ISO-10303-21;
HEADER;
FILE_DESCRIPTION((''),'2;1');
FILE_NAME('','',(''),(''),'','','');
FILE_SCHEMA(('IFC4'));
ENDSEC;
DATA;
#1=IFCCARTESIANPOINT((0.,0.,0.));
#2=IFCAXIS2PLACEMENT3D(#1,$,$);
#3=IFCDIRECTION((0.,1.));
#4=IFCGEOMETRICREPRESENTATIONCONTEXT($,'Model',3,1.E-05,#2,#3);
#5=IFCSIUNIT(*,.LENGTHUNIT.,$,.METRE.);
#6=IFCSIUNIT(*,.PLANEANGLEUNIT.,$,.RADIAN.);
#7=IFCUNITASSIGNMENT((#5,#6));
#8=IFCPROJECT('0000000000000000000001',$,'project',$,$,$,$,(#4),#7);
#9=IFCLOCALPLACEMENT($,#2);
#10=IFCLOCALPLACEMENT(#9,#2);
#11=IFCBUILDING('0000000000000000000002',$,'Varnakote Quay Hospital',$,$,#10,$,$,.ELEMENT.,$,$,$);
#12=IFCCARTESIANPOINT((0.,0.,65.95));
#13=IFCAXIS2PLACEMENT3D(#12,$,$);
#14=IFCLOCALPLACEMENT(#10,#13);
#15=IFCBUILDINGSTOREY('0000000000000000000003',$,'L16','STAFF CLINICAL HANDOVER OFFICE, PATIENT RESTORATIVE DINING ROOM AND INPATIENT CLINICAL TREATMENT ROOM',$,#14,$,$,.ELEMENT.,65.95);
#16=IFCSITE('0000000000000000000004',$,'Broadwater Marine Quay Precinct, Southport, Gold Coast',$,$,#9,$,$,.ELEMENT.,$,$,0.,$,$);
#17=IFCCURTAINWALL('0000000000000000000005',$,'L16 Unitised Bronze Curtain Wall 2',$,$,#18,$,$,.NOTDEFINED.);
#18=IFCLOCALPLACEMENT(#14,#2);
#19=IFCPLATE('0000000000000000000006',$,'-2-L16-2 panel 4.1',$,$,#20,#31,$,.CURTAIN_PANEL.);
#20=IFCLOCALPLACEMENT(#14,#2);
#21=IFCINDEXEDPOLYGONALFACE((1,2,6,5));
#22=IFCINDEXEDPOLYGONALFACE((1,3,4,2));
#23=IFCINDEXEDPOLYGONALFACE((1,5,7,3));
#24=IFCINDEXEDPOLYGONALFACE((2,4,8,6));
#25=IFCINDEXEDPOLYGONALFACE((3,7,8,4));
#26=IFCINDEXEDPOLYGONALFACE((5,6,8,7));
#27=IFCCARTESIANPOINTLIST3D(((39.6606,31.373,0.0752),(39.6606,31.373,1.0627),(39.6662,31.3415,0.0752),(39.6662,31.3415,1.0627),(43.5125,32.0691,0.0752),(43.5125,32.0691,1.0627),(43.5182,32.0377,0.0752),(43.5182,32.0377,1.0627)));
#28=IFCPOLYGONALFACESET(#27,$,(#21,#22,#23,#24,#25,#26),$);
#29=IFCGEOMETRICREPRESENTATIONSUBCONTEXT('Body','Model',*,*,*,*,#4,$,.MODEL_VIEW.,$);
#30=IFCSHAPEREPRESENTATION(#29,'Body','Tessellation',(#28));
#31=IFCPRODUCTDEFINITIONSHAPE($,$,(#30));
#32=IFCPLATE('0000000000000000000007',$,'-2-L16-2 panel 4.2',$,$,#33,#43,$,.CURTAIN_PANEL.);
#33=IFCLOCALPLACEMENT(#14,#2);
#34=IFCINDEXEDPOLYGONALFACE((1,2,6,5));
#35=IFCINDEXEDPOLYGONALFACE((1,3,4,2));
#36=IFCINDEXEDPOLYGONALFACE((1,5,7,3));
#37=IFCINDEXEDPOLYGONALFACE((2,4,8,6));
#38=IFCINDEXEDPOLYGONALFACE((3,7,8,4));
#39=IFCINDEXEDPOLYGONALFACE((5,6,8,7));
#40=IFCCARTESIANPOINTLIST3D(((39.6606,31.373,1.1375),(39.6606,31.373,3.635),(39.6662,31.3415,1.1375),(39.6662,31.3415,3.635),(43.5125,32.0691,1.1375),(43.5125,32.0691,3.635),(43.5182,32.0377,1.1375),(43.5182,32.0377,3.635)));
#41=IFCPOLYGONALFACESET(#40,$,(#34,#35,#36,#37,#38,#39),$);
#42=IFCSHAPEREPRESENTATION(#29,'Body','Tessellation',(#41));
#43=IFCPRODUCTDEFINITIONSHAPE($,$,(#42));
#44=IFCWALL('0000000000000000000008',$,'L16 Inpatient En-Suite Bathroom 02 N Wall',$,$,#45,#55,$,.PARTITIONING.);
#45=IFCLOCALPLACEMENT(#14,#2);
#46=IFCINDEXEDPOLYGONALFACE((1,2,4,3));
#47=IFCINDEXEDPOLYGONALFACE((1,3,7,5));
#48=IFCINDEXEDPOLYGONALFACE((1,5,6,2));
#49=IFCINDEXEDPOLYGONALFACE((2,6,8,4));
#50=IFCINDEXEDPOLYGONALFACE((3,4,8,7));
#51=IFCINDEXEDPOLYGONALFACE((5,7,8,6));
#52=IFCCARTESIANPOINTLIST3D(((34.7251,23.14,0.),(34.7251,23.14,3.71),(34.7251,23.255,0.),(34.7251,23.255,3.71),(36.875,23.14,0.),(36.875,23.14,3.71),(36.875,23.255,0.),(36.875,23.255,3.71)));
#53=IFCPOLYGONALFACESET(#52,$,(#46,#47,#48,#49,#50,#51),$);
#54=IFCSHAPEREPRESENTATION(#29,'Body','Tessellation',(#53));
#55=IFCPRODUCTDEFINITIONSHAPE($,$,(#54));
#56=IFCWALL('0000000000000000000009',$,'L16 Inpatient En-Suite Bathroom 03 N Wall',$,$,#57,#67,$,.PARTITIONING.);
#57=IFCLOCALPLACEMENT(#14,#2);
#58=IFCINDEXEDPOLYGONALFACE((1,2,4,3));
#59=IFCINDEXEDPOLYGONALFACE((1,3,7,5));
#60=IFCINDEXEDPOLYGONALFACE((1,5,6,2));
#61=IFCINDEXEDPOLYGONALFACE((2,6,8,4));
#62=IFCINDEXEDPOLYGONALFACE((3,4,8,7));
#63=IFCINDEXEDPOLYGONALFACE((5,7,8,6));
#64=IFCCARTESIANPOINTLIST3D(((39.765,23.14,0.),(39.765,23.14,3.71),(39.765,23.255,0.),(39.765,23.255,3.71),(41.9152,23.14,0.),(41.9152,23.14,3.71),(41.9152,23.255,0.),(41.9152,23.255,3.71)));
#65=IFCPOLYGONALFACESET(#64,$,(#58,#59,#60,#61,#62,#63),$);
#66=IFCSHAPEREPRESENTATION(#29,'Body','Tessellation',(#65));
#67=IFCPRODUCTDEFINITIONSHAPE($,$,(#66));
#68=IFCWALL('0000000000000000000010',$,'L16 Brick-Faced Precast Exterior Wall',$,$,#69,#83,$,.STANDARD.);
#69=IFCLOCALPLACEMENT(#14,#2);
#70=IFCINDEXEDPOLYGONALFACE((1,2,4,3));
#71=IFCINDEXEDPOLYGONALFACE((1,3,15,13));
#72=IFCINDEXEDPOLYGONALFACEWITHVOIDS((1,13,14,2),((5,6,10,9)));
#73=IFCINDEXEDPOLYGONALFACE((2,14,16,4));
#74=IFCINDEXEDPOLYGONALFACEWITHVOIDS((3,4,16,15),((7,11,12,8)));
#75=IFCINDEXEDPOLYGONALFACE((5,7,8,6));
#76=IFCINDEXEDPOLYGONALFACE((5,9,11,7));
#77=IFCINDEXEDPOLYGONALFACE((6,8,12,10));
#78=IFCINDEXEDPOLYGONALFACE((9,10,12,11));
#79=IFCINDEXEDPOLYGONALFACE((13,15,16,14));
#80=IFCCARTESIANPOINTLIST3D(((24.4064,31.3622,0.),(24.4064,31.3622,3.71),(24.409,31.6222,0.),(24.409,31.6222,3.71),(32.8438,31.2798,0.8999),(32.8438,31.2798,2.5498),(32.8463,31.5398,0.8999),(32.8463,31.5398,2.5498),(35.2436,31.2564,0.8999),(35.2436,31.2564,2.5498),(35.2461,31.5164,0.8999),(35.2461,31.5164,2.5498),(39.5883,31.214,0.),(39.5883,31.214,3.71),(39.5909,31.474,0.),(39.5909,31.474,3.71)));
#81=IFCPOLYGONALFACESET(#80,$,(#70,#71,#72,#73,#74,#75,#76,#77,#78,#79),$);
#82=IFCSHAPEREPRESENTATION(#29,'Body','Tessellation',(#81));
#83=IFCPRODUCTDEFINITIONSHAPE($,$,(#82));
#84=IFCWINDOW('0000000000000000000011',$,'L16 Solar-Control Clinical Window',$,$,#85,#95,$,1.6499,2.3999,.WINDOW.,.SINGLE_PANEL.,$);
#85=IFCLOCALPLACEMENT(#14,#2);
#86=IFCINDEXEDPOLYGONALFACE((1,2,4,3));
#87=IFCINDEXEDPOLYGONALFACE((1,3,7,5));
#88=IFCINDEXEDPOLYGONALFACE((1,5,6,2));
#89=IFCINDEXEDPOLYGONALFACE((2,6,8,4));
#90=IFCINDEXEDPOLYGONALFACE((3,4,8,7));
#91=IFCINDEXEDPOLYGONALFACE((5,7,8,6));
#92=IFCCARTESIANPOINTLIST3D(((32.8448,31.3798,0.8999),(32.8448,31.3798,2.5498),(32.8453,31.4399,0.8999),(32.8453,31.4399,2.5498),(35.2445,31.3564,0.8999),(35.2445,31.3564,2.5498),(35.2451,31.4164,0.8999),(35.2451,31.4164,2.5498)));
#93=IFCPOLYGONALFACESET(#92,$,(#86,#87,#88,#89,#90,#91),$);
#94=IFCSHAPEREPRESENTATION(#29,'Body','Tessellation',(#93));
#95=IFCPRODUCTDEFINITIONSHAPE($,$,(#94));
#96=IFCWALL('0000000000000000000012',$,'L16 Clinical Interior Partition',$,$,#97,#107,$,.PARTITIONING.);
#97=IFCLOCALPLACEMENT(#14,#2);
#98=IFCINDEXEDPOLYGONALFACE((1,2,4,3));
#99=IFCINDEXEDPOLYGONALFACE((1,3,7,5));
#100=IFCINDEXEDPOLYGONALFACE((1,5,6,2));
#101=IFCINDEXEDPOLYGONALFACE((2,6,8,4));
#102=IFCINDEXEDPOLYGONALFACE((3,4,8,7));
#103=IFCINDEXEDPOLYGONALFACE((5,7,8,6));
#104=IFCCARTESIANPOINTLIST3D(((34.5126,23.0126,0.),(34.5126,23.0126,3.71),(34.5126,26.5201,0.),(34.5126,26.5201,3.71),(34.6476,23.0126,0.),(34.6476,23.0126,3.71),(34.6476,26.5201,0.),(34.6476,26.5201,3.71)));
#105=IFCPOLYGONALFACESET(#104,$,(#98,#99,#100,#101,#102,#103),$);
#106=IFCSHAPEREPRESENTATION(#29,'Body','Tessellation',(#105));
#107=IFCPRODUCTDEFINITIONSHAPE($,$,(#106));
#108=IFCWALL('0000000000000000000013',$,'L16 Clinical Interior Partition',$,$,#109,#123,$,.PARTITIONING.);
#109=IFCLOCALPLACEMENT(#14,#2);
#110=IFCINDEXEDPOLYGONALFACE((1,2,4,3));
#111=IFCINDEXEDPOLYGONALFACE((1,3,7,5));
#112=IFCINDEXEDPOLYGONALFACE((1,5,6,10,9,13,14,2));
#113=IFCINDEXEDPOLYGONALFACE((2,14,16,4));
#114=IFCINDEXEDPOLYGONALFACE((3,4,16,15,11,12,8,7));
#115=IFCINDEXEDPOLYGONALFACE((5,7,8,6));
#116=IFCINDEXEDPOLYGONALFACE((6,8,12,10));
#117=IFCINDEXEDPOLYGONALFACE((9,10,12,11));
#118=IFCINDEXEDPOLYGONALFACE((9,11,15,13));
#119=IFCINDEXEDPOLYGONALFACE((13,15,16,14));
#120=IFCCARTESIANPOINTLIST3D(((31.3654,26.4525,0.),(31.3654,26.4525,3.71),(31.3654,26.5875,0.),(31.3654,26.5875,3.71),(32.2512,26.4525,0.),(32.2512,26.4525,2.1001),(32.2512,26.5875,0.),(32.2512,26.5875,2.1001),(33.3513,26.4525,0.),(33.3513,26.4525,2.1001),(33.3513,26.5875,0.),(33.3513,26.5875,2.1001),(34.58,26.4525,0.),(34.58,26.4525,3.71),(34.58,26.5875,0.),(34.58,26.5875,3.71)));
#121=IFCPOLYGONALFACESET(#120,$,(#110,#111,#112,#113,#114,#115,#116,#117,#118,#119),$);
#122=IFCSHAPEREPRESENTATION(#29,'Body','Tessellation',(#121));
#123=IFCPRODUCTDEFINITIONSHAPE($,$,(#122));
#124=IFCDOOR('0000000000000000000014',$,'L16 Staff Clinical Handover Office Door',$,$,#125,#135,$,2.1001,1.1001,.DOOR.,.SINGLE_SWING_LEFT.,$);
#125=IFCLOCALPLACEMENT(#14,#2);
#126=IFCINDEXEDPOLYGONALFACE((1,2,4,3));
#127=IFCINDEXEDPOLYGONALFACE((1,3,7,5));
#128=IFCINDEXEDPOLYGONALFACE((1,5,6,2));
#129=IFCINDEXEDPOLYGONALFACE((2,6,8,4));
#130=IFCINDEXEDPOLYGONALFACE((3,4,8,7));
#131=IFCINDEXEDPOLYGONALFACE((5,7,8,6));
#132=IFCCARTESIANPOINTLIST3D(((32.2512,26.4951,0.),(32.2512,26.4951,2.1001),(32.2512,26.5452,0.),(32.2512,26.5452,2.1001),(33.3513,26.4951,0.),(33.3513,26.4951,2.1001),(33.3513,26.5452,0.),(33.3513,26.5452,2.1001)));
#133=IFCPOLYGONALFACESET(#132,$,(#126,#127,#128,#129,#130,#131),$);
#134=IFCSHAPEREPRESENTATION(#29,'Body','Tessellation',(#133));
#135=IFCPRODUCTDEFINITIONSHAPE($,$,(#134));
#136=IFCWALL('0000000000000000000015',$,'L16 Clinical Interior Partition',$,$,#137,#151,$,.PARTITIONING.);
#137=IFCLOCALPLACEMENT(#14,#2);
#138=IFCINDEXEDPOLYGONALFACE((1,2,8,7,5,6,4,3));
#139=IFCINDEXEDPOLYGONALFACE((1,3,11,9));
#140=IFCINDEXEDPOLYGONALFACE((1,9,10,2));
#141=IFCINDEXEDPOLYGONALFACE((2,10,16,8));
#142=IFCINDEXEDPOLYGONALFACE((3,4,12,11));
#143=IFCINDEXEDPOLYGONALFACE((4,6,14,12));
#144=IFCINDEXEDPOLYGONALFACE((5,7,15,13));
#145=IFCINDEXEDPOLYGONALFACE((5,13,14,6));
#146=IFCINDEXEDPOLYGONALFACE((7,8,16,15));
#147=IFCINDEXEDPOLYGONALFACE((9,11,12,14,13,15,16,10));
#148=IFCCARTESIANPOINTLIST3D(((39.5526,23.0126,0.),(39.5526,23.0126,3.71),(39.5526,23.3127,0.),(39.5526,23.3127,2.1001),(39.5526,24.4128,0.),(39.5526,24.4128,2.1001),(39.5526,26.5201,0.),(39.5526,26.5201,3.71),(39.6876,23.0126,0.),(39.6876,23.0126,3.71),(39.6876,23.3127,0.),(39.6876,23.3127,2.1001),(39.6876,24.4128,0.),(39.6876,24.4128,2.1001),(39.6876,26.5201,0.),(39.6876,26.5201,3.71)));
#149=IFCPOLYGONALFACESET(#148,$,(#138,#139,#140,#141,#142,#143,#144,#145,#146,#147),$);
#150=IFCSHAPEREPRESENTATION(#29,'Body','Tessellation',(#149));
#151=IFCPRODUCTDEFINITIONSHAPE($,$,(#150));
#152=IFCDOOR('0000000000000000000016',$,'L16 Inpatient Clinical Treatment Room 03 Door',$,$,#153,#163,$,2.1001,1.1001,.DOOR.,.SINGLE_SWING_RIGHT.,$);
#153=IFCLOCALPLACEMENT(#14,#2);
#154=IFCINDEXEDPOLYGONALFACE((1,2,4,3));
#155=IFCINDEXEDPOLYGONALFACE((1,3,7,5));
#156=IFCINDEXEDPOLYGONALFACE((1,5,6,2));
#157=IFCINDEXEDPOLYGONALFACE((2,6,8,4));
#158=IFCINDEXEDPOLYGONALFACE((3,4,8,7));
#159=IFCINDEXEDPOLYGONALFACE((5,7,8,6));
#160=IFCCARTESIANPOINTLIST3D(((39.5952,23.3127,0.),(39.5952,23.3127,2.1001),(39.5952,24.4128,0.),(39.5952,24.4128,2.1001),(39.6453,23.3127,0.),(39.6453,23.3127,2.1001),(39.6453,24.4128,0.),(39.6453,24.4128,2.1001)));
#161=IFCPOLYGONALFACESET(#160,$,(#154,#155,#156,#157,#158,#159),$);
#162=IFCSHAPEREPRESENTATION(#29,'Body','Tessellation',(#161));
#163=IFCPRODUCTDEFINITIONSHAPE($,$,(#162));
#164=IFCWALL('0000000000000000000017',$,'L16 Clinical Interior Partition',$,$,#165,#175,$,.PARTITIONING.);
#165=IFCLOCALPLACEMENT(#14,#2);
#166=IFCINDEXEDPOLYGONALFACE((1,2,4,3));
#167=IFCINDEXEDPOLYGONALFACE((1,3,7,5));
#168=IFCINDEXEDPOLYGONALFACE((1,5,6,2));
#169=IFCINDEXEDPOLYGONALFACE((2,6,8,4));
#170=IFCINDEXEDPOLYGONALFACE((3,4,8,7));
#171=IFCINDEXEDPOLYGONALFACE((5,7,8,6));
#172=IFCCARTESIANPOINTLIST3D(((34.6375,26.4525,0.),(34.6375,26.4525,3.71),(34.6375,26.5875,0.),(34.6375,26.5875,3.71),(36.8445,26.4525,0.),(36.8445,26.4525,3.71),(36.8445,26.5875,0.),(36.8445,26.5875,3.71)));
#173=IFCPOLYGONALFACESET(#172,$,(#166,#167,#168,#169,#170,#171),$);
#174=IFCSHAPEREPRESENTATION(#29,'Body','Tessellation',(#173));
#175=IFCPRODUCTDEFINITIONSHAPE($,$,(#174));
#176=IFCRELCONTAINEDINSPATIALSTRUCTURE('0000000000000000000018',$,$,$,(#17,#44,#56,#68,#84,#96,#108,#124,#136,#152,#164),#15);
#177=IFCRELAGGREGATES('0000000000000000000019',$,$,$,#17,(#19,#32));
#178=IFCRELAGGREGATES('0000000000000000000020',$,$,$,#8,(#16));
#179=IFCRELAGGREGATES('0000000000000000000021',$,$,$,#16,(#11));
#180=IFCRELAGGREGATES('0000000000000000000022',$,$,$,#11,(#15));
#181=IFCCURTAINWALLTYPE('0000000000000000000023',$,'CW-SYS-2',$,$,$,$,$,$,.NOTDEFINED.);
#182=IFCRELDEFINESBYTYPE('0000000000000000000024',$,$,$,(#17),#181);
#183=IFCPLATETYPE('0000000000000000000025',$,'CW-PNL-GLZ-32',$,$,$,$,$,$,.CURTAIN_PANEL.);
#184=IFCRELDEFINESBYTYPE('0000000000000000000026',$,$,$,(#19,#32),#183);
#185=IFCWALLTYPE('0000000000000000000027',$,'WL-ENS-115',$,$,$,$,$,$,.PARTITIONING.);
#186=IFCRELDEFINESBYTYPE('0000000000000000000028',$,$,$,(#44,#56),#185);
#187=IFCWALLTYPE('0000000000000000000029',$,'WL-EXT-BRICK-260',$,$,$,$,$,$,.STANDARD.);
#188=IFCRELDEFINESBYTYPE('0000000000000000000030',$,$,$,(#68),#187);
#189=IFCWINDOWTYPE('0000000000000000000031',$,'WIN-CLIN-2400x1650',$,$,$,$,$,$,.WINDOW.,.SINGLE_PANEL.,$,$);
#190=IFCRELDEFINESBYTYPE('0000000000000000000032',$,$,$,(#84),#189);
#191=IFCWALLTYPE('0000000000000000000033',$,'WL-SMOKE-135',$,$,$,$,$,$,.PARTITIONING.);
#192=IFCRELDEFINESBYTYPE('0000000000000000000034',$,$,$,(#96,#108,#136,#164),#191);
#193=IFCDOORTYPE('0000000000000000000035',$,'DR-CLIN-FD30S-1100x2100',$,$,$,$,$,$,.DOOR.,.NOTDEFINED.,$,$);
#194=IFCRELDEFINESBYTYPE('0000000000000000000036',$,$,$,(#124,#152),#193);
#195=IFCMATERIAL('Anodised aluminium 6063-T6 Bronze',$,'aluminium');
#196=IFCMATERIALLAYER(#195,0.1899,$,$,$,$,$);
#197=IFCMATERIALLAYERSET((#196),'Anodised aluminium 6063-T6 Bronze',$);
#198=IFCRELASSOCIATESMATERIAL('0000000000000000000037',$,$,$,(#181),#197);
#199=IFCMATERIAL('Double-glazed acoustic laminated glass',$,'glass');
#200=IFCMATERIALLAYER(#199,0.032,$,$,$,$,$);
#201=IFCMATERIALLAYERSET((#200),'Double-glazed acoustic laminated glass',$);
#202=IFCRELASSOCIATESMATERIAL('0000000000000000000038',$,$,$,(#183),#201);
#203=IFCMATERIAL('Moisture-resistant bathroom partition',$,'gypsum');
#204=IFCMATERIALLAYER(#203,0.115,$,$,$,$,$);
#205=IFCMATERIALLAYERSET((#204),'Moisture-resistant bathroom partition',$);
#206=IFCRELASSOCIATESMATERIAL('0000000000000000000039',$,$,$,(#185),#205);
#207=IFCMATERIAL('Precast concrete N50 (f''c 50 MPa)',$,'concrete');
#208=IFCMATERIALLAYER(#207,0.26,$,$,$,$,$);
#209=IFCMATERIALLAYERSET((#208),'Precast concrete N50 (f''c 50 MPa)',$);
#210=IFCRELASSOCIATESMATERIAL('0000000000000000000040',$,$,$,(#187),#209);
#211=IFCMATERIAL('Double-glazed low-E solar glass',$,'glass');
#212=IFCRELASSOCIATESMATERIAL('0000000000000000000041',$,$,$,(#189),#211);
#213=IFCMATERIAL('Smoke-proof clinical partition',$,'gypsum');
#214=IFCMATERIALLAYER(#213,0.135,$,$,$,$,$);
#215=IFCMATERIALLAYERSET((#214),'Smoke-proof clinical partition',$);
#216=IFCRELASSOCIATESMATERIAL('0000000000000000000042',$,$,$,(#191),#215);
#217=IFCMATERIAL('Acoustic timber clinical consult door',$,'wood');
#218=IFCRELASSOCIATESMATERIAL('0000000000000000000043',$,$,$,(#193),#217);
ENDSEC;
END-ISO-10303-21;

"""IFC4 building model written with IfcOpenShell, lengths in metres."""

from ifc_helpers import new_model, si_unit, direction, frame, frame_2d, origin, origin_2d, place, context, subcontext, project, spatial, rectangle, extrude, material, layer, layer_set, type_object, element, fill, aggregate, save


model = new_model("IFC4")

# Units and contexts
model_context = context("Model", 3, precision=1e-05, world=origin(), true_north=direction((0.0, 1.0)))
body_context = subcontext(model_context, "Body", "Model", "MODEL_VIEW")
ifc_project = project(units=[si_unit("LENGTHUNIT", "METRE"), si_unit("PLANEANGLEUNIT", "RADIAN")], contexts=[model_context])

# Site, building, storey
site_placement = place(None, origin())
site = spatial("IfcSite", under=ifc_project, at=site_placement, Name="Broadwater Marine Quay Precinct, Southport, Gold Coast", CompositionType="ELEMENT", RefElevation=0.0)
building_placement = place(site_placement, origin())
building = spatial("IfcBuilding", under=site, at=building_placement, Name="Varnakote Quay Hospital", CompositionType="ELEMENT")
storey_placement = place(building_placement, frame((0.0, 0.0, 65.95)))
storey = spatial("IfcBuildingStorey", under=building, at=storey_placement, Name="L16", Description="STAFF CLINICAL HANDOVER OFFICE, PATIENT RESTORATIVE DINING ROOM AND INPATIENT CLINICAL TREATMENT ROOM", CompositionType="ELEMENT", Elevation=65.95)

# Curtain wall
ifc_material_1 = material(Name="Anodised aluminium 6063-T6 Bronze", Category="aluminium")
ifc_layer_1 = layer(ifc_material_1, 0.1899)
ifc_layer_set_1 = layer_set([ifc_layer_1], Name="Anodised aluminium 6063-T6 Bronze")
curtain_wall_type = type_object("IfcCurtainWallType", Name="CW-SYS-2", PredefinedType="NOTDEFINED", material=ifc_layer_set_1)
curtain_wall_placement = place(storey_placement, origin())
curtain_wall = element("IfcCurtainWall", 1, at=curtain_wall_placement, inside=storey, type_object=curtain_wall_type, Name="L16 Unitised Bronze Curtain Wall 2", PredefinedType="NOTDEFINED")

# Plates
ifc_material_2 = material(Name="Double-glazed acoustic laminated glass", Category="glass")
ifc_layer_2 = layer(ifc_material_2, 0.032)
ifc_layer_set_2 = layer_set([ifc_layer_2], Name="Double-glazed acoustic laminated glass")
plate_type = type_object("IfcPlateType", Name="CW-PNL-GLZ-32", PredefinedType="CURTAIN_PANEL", material=ifc_layer_set_2)
plate_1_placement = place(storey_placement, frame((41.5894, 31.7053, 0.0752), z_axis=(0.0, 0.0, 1.0), x_axis=(-0.984058, -0.177846, 0.0)))
plate_1 = element("IfcPlate", 2, at=plate_1_placement, type_object=plate_type, Name="-2-L16-2 panel 4.1", PredefinedType="CURTAIN_PANEL", context=body_context, shape_type="SweptSolid", body=[
    extrude(rectangle(XDim=3.9143, YDim=0.032, at=origin_2d()), origin(), (0.0, 0.0, 1.0), 0.9875),
])
plate_2_placement = place(storey_placement, frame((41.5894, 31.7053, 1.1375), z_axis=(0.0, 0.0, 1.0), x_axis=(-0.984058, -0.177846, 0.0)))
plate_2 = element("IfcPlate", 3, at=plate_2_placement, type_object=plate_type, Name="-2-L16-2 panel 4.2", PredefinedType="CURTAIN_PANEL", context=body_context, shape_type="SweptSolid", body=[
    extrude(rectangle(XDim=3.9143, YDim=0.032, at=origin_2d()), origin(), (0.0, 0.0, 1.0), 2.4976),
])
aggregate(curtain_wall, [plate_1, plate_2])

# Walls
ifc_material_3 = material(Name="Moisture-resistant bathroom partition", Category="gypsum")
ifc_layer_3 = layer(ifc_material_3, 0.115)
ifc_layer_set_3 = layer_set([ifc_layer_3], Name="Moisture-resistant bathroom partition")
wall_type_1 = type_object("IfcWallType", Name="WL-ENS-115", PredefinedType="PARTITIONING", material=ifc_layer_set_3)
wall_1_placement = place(storey_placement, frame((34.7251, 23.1975, 0.0), z_axis=(0.0, 0.0, 1.0), x_axis=(1.0, 0.0, 0.0)))
element("IfcWall", 4, at=wall_1_placement, inside=storey, type_object=wall_type_1, Name="L16 Inpatient En-Suite Bathroom 02 N Wall", PredefinedType="PARTITIONING", context=body_context, shape_type="SweptSolid", body=[
    extrude(rectangle(XDim=2.1499, YDim=0.115, at=frame_2d((1.075, 0.0))), origin(), (0.0, 0.0, 1.0), 3.71),
])
wall_2_placement = place(storey_placement, frame((39.7649, 23.1975, 0.0), z_axis=(0.0, 0.0, 1.0), x_axis=(1.0, 0.0, 0.0)))
element("IfcWall", 5, at=wall_2_placement, inside=storey, type_object=wall_type_1, Name="L16 Inpatient En-Suite Bathroom 03 N Wall", PredefinedType="PARTITIONING", context=body_context, shape_type="SweptSolid", body=[
    extrude(rectangle(XDim=2.1501, YDim=0.115, at=frame_2d((1.0752, 0.0))), origin(), (0.0, 0.0, 1.0), 3.71),
])

# Wall, opening, window
ifc_material_4 = material(Name="Precast concrete N50 (f'c 50 MPa)", Category="concrete")
ifc_layer_4 = layer(ifc_material_4, 0.26)
ifc_layer_set_4 = layer_set([ifc_layer_4], Name="Precast concrete N50 (f'c 50 MPa)")
wall_type_2 = type_object("IfcWallType", Name="WL-EXT-BRICK-260", PredefinedType="STANDARD", material=ifc_layer_set_4)
wall_3_placement = place(storey_placement, frame((39.5896, 31.344, 0.0), z_axis=(0.0, 0.0, 1.0), x_axis=(-0.999952, 0.009761, 0.0)))
wall_3 = element("IfcWall", 6, at=wall_3_placement, inside=storey, type_object=wall_type_2, Name="L16 Brick-Faced Precast Exterior Wall", PredefinedType="STANDARD", context=body_context, shape_type="SweptSolid", body=[
    extrude(rectangle(XDim=15.1826, YDim=0.26, at=frame_2d((7.5913, 0.0))), origin(), (0.0, 0.0, 1.0), 3.71),
])
opening_1_placement = place(wall_3_placement, frame((4.345, 0.0, 0.8999)))
opening_1 = element("IfcOpeningElement", 7, at=opening_1_placement, cuts=wall_3, PredefinedType="OPENING", context=body_context, shape_type="SweptSolid", body=[
    extrude(rectangle(XDim=2.3999, YDim=1.6499, at=frame_2d((1.2, 0.825))), frame((0.0, 0.1399, 0.0), z_axis=(0.0, -1.0, 0.0), x_axis=(1.0, 0.0, 0.0)), (0.0, 0.0, 1.0), 0.28),
])
ifc_material_5 = material(Name="Double-glazed low-E solar glass", Category="glass")
window_type = type_object("IfcWindowType", Name="WIN-CLIN-2400x1650", PartitioningType="SINGLE_PANEL", PredefinedType="WINDOW", material=ifc_material_5)
window_placement = place(opening_1_placement, origin())
window = element("IfcWindow", 8, at=window_placement, inside=storey, type_object=window_type, Name="L16 Solar-Control Clinical Window", OverallHeight=1.6499, OverallWidth=2.3999, PartitioningType="SINGLE_PANEL", PredefinedType="WINDOW", context=body_context, shape_type="SweptSolid", body=[
    extrude(rectangle(XDim=2.3999, YDim=1.6499, at=frame_2d((1.2, 0.825))), frame((0.0, 0.03, 0.0), z_axis=(0.0, -1.0, 0.0), x_axis=(1.0, 0.0, 0.0)), (0.0, 0.0, 1.0), 0.0601),
])
fill(opening_1, window)

# Wall
ifc_material_6 = material(Name="Smoke-proof clinical partition", Category="gypsum")
ifc_layer_5 = layer(ifc_material_6, 0.135)
ifc_layer_set_5 = layer_set([ifc_layer_5], Name="Smoke-proof clinical partition")
wall_type_3 = type_object("IfcWallType", Name="WL-SMOKE-135", PredefinedType="PARTITIONING", material=ifc_layer_set_5)
wall_4_placement = place(storey_placement, frame((34.5801, 23.0125, 0.0), z_axis=(0.0, 0.0, 1.0), x_axis=(0.0, 1.0, 0.0)))
element("IfcWall", 9, at=wall_4_placement, inside=storey, type_object=wall_type_3, Name="L16 Clinical Interior Partition", PredefinedType="PARTITIONING", context=body_context, shape_type="SweptSolid", body=[
    extrude(rectangle(XDim=3.5076, YDim=0.135, at=frame_2d((1.7539, 0.0))), origin(), (0.0, 0.0, 1.0), 3.71),
])

# Walls, openings, doors
wall_5_placement = place(storey_placement, frame((34.5801, 26.52, 0.0), z_axis=(0.0, 0.0, 1.0), x_axis=(-1.0, 0.0, 0.0)))
wall_5 = element("IfcWall", 10, at=wall_5_placement, inside=storey, type_object=wall_type_3, Name="L16 Clinical Interior Partition", PredefinedType="PARTITIONING", context=body_context, shape_type="SweptSolid", body=[
    extrude(rectangle(XDim=3.2146, YDim=0.135, at=frame_2d((1.6074, 0.0))), origin(), (0.0, 0.0, 1.0), 3.71),
])
opening_2_placement = place(wall_5_placement, frame((1.2288, 0.0, 0.0)))
opening_2 = element("IfcOpeningElement", 11, at=opening_2_placement, cuts=wall_5, PredefinedType="OPENING", context=body_context, shape_type="SweptSolid", body=[
    extrude(rectangle(XDim=1.1001, YDim=2.1001, at=frame_2d((0.55, 1.05))), frame((0.0, 0.0774, 0.0), z_axis=(0.0, -1.0, 0.0), x_axis=(1.0, 0.0, 0.0)), (0.0, 0.0, 1.0), 0.155),
])
ifc_material_7 = material(Name="Acoustic timber clinical consult door", Category="wood")
door_type = type_object("IfcDoorType", Name="DR-CLIN-FD30S-1100x2100", OperationType="NOTDEFINED", PredefinedType="DOOR", material=ifc_material_7)
door_1_placement = place(opening_2_placement, origin())
door_1 = element("IfcDoor", 12, at=door_1_placement, inside=storey, type_object=door_type, Name="L16 Staff Clinical Handover Office Door", OperationType="SINGLE_SWING_LEFT", OverallHeight=2.1001, OverallWidth=1.1001, PredefinedType="DOOR", context=body_context, shape_type="SweptSolid", body=[
    extrude(rectangle(XDim=1.1001, YDim=2.1001, at=frame_2d((0.55, 1.05))), frame((0.0, 0.0249, 0.0), z_axis=(0.0, -1.0, 0.0), x_axis=(1.0, 0.0, 0.0)), (0.0, 0.0, 1.0), 0.05),
])
fill(opening_2, door_1)
wall_6_placement = place(storey_placement, frame((39.6201, 23.0125, 0.0), z_axis=(0.0, 0.0, 1.0), x_axis=(0.0, 1.0, 0.0)))
wall_6 = element("IfcWall", 13, at=wall_6_placement, inside=storey, type_object=wall_type_3, Name="L16 Clinical Interior Partition", PredefinedType="PARTITIONING", context=body_context, shape_type="SweptSolid", body=[
    extrude(rectangle(XDim=3.5076, YDim=0.135, at=frame_2d((1.7539, 0.0))), origin(), (0.0, 0.0, 1.0), 3.71),
])
opening_3_placement = place(wall_6_placement, frame((0.3003, 0.0, 0.0)))
opening_3 = element("IfcOpeningElement", 14, at=opening_3_placement, cuts=wall_6, PredefinedType="OPENING", context=body_context, shape_type="SweptSolid", body=[
    extrude(rectangle(XDim=1.1001, YDim=2.1001, at=frame_2d((0.55, 1.05))), frame((0.0, 0.0774, 0.0), z_axis=(0.0, -1.0, 0.0), x_axis=(1.0, 0.0, 0.0)), (0.0, 0.0, 1.0), 0.155),
])
door_2_placement = place(opening_3_placement, origin())
door_2 = element("IfcDoor", 15, at=door_2_placement, inside=storey, type_object=door_type, Name="L16 Inpatient Clinical Treatment Room 03 Door", OperationType="SINGLE_SWING_RIGHT", OverallHeight=2.1001, OverallWidth=1.1001, PredefinedType="DOOR", context=body_context, shape_type="SweptSolid", body=[
    extrude(rectangle(XDim=1.1001, YDim=2.1001, at=frame_2d((0.55, 1.05))), frame((0.0, 0.0249, 0.0), z_axis=(0.0, -1.0, 0.0), x_axis=(1.0, 0.0, 0.0)), (0.0, 0.0, 1.0), 0.05),
])
fill(opening_3, door_2)

# Wall
wall_7_placement = place(storey_placement, frame((36.8445, 26.52, 0.0), z_axis=(0.0, 0.0, 1.0), x_axis=(-1.0, 0.0, 0.0)))
element("IfcWall", 16, at=wall_7_placement, inside=storey, type_object=wall_type_3, Name="L16 Clinical Interior Partition", PredefinedType="PARTITIONING", context=body_context, shape_type="SweptSolid", body=[
    extrude(rectangle(XDim=2.207, YDim=0.135, at=frame_2d((1.1035, 0.0))), origin(), (0.0, 0.0, 1.0), 3.71),
])

save(model, "model.ifc")
